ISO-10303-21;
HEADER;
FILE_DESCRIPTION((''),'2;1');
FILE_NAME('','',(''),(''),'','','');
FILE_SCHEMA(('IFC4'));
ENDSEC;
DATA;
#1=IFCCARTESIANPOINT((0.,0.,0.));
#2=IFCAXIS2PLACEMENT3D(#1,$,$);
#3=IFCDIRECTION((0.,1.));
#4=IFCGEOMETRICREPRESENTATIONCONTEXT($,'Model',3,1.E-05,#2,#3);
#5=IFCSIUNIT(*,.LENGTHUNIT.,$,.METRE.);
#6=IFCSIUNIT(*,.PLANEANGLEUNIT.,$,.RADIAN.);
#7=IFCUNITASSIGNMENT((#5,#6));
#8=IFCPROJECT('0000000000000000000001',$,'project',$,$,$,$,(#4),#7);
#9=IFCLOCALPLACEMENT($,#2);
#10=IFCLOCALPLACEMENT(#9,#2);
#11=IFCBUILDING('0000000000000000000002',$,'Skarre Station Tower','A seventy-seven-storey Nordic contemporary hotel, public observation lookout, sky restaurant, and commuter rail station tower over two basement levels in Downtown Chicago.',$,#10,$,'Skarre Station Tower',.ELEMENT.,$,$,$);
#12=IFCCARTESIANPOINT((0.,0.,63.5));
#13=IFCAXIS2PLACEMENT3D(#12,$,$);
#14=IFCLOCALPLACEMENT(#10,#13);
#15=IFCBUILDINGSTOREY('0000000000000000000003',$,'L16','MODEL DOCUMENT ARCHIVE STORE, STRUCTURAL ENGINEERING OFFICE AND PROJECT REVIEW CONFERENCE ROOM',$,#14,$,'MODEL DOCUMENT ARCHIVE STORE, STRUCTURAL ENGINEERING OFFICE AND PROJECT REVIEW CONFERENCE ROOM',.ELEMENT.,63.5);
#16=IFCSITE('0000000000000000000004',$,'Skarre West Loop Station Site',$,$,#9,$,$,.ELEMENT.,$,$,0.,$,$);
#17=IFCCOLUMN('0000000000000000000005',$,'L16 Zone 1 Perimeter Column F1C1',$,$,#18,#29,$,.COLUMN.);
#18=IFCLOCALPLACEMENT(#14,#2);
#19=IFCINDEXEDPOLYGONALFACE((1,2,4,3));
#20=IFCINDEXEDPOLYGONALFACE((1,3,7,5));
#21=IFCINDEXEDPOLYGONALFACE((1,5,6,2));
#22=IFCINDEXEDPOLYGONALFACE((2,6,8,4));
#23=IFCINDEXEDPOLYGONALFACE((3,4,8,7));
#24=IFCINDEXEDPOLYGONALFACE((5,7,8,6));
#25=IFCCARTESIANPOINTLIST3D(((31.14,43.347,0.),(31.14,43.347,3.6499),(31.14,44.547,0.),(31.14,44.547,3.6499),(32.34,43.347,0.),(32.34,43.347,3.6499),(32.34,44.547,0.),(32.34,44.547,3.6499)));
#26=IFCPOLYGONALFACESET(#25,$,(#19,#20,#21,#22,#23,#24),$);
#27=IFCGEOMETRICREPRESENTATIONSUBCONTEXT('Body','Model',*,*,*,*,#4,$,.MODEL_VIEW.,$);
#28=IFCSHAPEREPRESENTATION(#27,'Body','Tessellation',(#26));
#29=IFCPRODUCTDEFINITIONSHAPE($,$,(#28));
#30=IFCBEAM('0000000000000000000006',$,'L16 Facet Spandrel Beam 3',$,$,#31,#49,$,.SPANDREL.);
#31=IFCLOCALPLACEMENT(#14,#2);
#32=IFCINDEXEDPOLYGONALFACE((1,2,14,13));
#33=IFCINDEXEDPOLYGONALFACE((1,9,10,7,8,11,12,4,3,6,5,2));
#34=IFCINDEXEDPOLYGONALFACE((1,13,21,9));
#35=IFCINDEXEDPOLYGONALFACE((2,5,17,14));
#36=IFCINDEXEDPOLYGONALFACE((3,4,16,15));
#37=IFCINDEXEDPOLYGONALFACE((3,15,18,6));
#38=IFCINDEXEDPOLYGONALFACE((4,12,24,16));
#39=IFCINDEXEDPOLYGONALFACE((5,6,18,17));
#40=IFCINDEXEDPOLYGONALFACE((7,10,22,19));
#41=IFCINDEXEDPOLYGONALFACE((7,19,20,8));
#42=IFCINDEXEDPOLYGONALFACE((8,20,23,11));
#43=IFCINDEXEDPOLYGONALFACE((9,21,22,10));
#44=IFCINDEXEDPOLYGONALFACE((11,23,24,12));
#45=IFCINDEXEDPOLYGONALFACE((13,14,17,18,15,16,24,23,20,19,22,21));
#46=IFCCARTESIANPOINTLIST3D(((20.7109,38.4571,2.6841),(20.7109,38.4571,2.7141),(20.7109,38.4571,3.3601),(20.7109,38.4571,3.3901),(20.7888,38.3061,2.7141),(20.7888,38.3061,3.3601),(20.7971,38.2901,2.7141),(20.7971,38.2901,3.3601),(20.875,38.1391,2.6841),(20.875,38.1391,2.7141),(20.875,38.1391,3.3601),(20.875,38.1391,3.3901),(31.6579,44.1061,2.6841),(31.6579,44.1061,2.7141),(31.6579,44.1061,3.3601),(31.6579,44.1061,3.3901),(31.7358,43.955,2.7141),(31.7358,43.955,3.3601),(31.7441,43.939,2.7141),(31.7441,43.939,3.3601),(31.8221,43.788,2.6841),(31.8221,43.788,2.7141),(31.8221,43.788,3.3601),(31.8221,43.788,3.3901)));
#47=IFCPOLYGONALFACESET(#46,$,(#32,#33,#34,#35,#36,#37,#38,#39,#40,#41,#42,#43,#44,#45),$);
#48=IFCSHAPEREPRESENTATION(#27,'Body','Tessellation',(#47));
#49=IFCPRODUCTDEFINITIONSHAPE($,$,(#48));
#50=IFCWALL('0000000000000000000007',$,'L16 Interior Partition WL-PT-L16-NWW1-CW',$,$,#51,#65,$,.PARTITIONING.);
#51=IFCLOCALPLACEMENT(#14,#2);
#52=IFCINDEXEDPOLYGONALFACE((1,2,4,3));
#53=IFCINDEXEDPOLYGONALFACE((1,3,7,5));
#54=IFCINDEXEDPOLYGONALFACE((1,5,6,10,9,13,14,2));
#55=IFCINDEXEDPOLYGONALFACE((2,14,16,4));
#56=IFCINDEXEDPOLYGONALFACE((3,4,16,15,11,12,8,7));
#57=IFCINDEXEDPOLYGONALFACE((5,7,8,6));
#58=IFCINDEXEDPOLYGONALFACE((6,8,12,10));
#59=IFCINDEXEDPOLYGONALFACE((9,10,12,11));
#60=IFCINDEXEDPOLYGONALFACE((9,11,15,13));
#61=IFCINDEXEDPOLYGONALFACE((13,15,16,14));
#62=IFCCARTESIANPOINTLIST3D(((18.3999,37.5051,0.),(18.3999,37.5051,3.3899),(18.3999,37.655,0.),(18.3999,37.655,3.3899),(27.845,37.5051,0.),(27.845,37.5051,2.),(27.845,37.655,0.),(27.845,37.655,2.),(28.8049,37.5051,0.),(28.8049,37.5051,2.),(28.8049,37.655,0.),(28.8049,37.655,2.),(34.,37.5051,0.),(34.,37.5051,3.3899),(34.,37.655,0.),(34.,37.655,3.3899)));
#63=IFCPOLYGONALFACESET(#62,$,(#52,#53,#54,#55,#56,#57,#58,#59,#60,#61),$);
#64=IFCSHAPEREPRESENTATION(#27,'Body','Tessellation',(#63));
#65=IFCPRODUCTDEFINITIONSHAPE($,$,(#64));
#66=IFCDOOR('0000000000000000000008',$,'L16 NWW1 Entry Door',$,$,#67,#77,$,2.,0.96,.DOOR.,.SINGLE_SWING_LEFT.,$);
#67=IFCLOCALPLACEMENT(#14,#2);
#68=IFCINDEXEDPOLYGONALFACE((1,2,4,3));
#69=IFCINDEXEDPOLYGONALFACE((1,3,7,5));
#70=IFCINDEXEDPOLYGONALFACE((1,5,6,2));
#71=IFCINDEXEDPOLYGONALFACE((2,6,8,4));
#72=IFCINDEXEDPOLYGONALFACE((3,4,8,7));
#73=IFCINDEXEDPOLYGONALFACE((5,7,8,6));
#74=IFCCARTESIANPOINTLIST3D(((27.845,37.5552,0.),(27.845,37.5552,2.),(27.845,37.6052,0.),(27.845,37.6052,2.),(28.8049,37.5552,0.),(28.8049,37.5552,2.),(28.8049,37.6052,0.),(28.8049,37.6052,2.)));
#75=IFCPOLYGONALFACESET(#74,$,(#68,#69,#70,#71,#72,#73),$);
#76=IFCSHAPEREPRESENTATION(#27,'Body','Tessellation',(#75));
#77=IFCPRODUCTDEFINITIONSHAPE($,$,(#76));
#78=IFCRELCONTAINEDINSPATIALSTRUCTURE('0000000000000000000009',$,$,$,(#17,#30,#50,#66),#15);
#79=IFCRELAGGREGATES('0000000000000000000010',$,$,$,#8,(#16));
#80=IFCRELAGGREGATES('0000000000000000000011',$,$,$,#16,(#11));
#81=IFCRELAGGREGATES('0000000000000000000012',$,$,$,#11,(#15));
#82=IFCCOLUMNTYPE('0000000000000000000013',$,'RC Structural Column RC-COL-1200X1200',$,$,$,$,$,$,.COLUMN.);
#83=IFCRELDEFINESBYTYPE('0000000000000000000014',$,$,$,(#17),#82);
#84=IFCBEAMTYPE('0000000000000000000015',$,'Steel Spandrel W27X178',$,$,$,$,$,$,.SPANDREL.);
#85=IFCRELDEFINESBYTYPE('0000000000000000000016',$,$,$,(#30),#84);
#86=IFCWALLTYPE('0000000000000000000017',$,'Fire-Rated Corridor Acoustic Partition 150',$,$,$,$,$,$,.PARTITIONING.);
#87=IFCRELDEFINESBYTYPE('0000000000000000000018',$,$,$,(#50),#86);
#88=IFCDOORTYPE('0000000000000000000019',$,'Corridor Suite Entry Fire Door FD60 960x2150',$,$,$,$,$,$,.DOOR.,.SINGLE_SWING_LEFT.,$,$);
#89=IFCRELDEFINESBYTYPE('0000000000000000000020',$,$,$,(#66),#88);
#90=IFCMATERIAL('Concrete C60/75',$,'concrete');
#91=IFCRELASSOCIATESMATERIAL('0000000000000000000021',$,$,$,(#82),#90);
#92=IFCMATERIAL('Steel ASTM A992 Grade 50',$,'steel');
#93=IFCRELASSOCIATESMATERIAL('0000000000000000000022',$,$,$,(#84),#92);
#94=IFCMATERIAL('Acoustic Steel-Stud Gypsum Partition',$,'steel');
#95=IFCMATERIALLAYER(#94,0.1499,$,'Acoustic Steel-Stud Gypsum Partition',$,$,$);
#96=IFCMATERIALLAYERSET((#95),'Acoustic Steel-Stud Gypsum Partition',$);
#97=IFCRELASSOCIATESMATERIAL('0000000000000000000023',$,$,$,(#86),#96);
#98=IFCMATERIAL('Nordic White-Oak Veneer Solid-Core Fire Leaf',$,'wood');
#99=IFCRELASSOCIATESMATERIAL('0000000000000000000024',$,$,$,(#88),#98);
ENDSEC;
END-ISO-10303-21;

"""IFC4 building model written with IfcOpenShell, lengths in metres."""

from ifc_helpers import new_model, si_unit, direction, frame, frame_2d, origin, origin_2d, place, context, subcontext, project, spatial, rectangle, i_section, extrude, material, layer, layer_set, material_profile, profile_set, type_object, element, fill, save


model = new_model("IFC4")

# Units and contexts
model_context = context("Model", 3, precision=1e-05, world=origin(), true_north=direction((0.0, 1.0)))
body_context = subcontext(model_context, "Body", "Model", "MODEL_VIEW")
ifc_project = project(units=[si_unit("LENGTHUNIT", "METRE"), si_unit("PLANEANGLEUNIT", "RADIAN")], contexts=[model_context])

# Site, building, storey
site_placement = place(None, origin())
site = spatial("IfcSite", under=ifc_project, at=site_placement, Name="Skarre West Loop Station Site", CompositionType="ELEMENT", RefElevation=0.0)
building_placement = place(site_placement, origin())
building = spatial("IfcBuilding", under=site, at=building_placement, Name="Skarre Station Tower", Description="A seventy-seven-storey Nordic contemporary hotel, public observation lookout, sky restaurant, and commuter rail station tower over two basement levels in Downtown Chicago.", LongName="Skarre Station Tower", CompositionType="ELEMENT")
storey_placement = place(building_placement, frame((0.0, 0.0, 63.5)))
storey = spatial("IfcBuildingStorey", under=building, at=storey_placement, Name="L16", Description="MODEL DOCUMENT ARCHIVE STORE, STRUCTURAL ENGINEERING OFFICE AND PROJECT REVIEW CONFERENCE ROOM", LongName="MODEL DOCUMENT ARCHIVE STORE, STRUCTURAL ENGINEERING OFFICE AND PROJECT REVIEW CONFERENCE ROOM", CompositionType="ELEMENT", Elevation=63.5)

# Column
ifc_material_1 = material(Name="Concrete C60/75", Category="concrete")
ifc_material_profile_1 = material_profile(ifc_material_1, rectangle(XDim=1.2, YDim=1.2, at=origin_2d()), Name="Concrete C60/75")
ifc_profile_set_1 = profile_set([ifc_material_profile_1], Name="Concrete C60/75")
column_type = type_object("IfcColumnType", Name="RC Structural Column RC-COL-1200X1200", PredefinedType="COLUMN", material=ifc_profile_set_1)
column_placement = place(storey_placement, frame((31.74, 43.947, 0.0), z_axis=(0.0, 0.0, 1.0), x_axis=(1.0, 0.0, 0.0)))
element("IfcColumn", 1, at=column_placement, inside=storey, type_object=column_type, Name="L16 Zone 1 Perimeter Column F1C1", PredefinedType="COLUMN", context=body_context, shape_type="SweptSolid", body=[
    extrude(rectangle(XDim=1.2, YDim=1.2, at=origin_2d()), origin(), (0.0, 0.0, 1.0), 3.6499),
])

# Beam
ifc_material_2 = material(Name="Steel ASTM A992 Grade 50", Category="steel")
ifc_material_profile_2 = material_profile(ifc_material_2, i_section(OverallWidth=0.3579, OverallDepth=0.7061, WebThickness=0.0181, FlangeThickness=0.03, at=origin_2d()), Name="Steel ASTM A992 Grade 50")
ifc_profile_set_2 = profile_set([ifc_material_profile_2], Name="Steel ASTM A992 Grade 50")
beam_type = type_object("IfcBeamType", Name="Steel Spandrel W27X178", PredefinedType="SPANDREL", material=ifc_profile_set_2)
beam_placement = place(storey_placement, frame((31.74, 43.947, 3.0371), z_axis=(-0.888659, -0.458569, 0.0), x_axis=(0.458569, -0.888659, 0.0)))
element("IfcBeam", 2, at=beam_placement, inside=storey, type_object=beam_type, Name="L16 Facet Spandrel Beam 3", PredefinedType="SPANDREL", context=body_context, shape_type="SweptSolid", body=[
    extrude(i_section(OverallWidth=0.3579, OverallDepth=0.7061, WebThickness=0.0181, FlangeThickness=0.03, at=origin_2d()), origin(), (0.0, 0.0, 1.0), 12.3186),
])

# Wall, opening, door
ifc_material_3 = material(Name="Acoustic Steel-Stud Gypsum Partition", Category="steel")
ifc_layer_1 = layer(ifc_material_3, 0.1499, Name="Acoustic Steel-Stud Gypsum Partition")
ifc_layer_set_1 = layer_set([ifc_layer_1], Name="Acoustic Steel-Stud Gypsum Partition")
wall_type_1 = type_object("IfcWallType", Name="Fire-Rated Corridor Acoustic Partition 150", PredefinedType="PARTITIONING", material=ifc_layer_set_1)
wall_1_placement = place(storey_placement, frame((34.0, 37.5801, 0.0), z_axis=(0.0, 0.0, 1.0), x_axis=(-1.0, 0.0, 0.0)))
wall_1 = element("IfcWall", 3, at=wall_1_placement, inside=storey, type_object=wall_type_1, Name="L16 Interior Partition WL-PT-L16-NWW1-CW", PredefinedType="PARTITIONING", context=body_context, shape_type="SweptSolid", body=[
    extrude(rectangle(XDim=15.6001, YDim=0.1499, at=frame_2d((7.8, 0.0))), origin(), (0.0, 0.0, 1.0), 3.3899),
])
opening_1_placement = place(wall_1_placement, frame((5.1951, 0.0, 0.0)))
opening_1 = element("IfcOpeningElement", 4, at=opening_1_placement, cuts=wall_1, PredefinedType="OPENING", context=body_context, shape_type="SweptSolid", body=[
    extrude(rectangle(XDim=0.96, YDim=2.0, at=frame_2d((0.48, 1.0))), frame((0.0, 0.085, 0.0), z_axis=(0.0, -1.0, 0.0), x_axis=(1.0, 0.0, 0.0)), (0.0, 0.0, 1.0), 0.1699),
])
ifc_material_4 = material(Name="Nordic White-Oak Veneer Solid-Core Fire Leaf", Category="wood")
door_type = type_object("IfcDoorType", Name="Corridor Suite Entry Fire Door FD60 960x2150", OperationType="SINGLE_SWING_LEFT", PredefinedType="DOOR", material=ifc_material_4)
door_placement = place(opening_1_placement, origin())
door = element("IfcDoor", 5, at=door_placement, inside=storey, type_object=door_type, Name="L16 NWW1 Entry Door", OperationType="SINGLE_SWING_LEFT", OverallHeight=2.0, OverallWidth=0.96, PredefinedType="DOOR", context=body_context, shape_type="SweptSolid", body=[
    extrude(rectangle(XDim=0.96, YDim=2.0, at=frame_2d((0.48, 1.0))), frame((0.0, 0.0249, 0.0), z_axis=(0.0, -1.0, 0.0), x_axis=(1.0, 0.0, 0.0)), (0.0, 0.0, 1.0), 0.05),
])
fill(opening_1, door)

save(model, "model.ifc")
